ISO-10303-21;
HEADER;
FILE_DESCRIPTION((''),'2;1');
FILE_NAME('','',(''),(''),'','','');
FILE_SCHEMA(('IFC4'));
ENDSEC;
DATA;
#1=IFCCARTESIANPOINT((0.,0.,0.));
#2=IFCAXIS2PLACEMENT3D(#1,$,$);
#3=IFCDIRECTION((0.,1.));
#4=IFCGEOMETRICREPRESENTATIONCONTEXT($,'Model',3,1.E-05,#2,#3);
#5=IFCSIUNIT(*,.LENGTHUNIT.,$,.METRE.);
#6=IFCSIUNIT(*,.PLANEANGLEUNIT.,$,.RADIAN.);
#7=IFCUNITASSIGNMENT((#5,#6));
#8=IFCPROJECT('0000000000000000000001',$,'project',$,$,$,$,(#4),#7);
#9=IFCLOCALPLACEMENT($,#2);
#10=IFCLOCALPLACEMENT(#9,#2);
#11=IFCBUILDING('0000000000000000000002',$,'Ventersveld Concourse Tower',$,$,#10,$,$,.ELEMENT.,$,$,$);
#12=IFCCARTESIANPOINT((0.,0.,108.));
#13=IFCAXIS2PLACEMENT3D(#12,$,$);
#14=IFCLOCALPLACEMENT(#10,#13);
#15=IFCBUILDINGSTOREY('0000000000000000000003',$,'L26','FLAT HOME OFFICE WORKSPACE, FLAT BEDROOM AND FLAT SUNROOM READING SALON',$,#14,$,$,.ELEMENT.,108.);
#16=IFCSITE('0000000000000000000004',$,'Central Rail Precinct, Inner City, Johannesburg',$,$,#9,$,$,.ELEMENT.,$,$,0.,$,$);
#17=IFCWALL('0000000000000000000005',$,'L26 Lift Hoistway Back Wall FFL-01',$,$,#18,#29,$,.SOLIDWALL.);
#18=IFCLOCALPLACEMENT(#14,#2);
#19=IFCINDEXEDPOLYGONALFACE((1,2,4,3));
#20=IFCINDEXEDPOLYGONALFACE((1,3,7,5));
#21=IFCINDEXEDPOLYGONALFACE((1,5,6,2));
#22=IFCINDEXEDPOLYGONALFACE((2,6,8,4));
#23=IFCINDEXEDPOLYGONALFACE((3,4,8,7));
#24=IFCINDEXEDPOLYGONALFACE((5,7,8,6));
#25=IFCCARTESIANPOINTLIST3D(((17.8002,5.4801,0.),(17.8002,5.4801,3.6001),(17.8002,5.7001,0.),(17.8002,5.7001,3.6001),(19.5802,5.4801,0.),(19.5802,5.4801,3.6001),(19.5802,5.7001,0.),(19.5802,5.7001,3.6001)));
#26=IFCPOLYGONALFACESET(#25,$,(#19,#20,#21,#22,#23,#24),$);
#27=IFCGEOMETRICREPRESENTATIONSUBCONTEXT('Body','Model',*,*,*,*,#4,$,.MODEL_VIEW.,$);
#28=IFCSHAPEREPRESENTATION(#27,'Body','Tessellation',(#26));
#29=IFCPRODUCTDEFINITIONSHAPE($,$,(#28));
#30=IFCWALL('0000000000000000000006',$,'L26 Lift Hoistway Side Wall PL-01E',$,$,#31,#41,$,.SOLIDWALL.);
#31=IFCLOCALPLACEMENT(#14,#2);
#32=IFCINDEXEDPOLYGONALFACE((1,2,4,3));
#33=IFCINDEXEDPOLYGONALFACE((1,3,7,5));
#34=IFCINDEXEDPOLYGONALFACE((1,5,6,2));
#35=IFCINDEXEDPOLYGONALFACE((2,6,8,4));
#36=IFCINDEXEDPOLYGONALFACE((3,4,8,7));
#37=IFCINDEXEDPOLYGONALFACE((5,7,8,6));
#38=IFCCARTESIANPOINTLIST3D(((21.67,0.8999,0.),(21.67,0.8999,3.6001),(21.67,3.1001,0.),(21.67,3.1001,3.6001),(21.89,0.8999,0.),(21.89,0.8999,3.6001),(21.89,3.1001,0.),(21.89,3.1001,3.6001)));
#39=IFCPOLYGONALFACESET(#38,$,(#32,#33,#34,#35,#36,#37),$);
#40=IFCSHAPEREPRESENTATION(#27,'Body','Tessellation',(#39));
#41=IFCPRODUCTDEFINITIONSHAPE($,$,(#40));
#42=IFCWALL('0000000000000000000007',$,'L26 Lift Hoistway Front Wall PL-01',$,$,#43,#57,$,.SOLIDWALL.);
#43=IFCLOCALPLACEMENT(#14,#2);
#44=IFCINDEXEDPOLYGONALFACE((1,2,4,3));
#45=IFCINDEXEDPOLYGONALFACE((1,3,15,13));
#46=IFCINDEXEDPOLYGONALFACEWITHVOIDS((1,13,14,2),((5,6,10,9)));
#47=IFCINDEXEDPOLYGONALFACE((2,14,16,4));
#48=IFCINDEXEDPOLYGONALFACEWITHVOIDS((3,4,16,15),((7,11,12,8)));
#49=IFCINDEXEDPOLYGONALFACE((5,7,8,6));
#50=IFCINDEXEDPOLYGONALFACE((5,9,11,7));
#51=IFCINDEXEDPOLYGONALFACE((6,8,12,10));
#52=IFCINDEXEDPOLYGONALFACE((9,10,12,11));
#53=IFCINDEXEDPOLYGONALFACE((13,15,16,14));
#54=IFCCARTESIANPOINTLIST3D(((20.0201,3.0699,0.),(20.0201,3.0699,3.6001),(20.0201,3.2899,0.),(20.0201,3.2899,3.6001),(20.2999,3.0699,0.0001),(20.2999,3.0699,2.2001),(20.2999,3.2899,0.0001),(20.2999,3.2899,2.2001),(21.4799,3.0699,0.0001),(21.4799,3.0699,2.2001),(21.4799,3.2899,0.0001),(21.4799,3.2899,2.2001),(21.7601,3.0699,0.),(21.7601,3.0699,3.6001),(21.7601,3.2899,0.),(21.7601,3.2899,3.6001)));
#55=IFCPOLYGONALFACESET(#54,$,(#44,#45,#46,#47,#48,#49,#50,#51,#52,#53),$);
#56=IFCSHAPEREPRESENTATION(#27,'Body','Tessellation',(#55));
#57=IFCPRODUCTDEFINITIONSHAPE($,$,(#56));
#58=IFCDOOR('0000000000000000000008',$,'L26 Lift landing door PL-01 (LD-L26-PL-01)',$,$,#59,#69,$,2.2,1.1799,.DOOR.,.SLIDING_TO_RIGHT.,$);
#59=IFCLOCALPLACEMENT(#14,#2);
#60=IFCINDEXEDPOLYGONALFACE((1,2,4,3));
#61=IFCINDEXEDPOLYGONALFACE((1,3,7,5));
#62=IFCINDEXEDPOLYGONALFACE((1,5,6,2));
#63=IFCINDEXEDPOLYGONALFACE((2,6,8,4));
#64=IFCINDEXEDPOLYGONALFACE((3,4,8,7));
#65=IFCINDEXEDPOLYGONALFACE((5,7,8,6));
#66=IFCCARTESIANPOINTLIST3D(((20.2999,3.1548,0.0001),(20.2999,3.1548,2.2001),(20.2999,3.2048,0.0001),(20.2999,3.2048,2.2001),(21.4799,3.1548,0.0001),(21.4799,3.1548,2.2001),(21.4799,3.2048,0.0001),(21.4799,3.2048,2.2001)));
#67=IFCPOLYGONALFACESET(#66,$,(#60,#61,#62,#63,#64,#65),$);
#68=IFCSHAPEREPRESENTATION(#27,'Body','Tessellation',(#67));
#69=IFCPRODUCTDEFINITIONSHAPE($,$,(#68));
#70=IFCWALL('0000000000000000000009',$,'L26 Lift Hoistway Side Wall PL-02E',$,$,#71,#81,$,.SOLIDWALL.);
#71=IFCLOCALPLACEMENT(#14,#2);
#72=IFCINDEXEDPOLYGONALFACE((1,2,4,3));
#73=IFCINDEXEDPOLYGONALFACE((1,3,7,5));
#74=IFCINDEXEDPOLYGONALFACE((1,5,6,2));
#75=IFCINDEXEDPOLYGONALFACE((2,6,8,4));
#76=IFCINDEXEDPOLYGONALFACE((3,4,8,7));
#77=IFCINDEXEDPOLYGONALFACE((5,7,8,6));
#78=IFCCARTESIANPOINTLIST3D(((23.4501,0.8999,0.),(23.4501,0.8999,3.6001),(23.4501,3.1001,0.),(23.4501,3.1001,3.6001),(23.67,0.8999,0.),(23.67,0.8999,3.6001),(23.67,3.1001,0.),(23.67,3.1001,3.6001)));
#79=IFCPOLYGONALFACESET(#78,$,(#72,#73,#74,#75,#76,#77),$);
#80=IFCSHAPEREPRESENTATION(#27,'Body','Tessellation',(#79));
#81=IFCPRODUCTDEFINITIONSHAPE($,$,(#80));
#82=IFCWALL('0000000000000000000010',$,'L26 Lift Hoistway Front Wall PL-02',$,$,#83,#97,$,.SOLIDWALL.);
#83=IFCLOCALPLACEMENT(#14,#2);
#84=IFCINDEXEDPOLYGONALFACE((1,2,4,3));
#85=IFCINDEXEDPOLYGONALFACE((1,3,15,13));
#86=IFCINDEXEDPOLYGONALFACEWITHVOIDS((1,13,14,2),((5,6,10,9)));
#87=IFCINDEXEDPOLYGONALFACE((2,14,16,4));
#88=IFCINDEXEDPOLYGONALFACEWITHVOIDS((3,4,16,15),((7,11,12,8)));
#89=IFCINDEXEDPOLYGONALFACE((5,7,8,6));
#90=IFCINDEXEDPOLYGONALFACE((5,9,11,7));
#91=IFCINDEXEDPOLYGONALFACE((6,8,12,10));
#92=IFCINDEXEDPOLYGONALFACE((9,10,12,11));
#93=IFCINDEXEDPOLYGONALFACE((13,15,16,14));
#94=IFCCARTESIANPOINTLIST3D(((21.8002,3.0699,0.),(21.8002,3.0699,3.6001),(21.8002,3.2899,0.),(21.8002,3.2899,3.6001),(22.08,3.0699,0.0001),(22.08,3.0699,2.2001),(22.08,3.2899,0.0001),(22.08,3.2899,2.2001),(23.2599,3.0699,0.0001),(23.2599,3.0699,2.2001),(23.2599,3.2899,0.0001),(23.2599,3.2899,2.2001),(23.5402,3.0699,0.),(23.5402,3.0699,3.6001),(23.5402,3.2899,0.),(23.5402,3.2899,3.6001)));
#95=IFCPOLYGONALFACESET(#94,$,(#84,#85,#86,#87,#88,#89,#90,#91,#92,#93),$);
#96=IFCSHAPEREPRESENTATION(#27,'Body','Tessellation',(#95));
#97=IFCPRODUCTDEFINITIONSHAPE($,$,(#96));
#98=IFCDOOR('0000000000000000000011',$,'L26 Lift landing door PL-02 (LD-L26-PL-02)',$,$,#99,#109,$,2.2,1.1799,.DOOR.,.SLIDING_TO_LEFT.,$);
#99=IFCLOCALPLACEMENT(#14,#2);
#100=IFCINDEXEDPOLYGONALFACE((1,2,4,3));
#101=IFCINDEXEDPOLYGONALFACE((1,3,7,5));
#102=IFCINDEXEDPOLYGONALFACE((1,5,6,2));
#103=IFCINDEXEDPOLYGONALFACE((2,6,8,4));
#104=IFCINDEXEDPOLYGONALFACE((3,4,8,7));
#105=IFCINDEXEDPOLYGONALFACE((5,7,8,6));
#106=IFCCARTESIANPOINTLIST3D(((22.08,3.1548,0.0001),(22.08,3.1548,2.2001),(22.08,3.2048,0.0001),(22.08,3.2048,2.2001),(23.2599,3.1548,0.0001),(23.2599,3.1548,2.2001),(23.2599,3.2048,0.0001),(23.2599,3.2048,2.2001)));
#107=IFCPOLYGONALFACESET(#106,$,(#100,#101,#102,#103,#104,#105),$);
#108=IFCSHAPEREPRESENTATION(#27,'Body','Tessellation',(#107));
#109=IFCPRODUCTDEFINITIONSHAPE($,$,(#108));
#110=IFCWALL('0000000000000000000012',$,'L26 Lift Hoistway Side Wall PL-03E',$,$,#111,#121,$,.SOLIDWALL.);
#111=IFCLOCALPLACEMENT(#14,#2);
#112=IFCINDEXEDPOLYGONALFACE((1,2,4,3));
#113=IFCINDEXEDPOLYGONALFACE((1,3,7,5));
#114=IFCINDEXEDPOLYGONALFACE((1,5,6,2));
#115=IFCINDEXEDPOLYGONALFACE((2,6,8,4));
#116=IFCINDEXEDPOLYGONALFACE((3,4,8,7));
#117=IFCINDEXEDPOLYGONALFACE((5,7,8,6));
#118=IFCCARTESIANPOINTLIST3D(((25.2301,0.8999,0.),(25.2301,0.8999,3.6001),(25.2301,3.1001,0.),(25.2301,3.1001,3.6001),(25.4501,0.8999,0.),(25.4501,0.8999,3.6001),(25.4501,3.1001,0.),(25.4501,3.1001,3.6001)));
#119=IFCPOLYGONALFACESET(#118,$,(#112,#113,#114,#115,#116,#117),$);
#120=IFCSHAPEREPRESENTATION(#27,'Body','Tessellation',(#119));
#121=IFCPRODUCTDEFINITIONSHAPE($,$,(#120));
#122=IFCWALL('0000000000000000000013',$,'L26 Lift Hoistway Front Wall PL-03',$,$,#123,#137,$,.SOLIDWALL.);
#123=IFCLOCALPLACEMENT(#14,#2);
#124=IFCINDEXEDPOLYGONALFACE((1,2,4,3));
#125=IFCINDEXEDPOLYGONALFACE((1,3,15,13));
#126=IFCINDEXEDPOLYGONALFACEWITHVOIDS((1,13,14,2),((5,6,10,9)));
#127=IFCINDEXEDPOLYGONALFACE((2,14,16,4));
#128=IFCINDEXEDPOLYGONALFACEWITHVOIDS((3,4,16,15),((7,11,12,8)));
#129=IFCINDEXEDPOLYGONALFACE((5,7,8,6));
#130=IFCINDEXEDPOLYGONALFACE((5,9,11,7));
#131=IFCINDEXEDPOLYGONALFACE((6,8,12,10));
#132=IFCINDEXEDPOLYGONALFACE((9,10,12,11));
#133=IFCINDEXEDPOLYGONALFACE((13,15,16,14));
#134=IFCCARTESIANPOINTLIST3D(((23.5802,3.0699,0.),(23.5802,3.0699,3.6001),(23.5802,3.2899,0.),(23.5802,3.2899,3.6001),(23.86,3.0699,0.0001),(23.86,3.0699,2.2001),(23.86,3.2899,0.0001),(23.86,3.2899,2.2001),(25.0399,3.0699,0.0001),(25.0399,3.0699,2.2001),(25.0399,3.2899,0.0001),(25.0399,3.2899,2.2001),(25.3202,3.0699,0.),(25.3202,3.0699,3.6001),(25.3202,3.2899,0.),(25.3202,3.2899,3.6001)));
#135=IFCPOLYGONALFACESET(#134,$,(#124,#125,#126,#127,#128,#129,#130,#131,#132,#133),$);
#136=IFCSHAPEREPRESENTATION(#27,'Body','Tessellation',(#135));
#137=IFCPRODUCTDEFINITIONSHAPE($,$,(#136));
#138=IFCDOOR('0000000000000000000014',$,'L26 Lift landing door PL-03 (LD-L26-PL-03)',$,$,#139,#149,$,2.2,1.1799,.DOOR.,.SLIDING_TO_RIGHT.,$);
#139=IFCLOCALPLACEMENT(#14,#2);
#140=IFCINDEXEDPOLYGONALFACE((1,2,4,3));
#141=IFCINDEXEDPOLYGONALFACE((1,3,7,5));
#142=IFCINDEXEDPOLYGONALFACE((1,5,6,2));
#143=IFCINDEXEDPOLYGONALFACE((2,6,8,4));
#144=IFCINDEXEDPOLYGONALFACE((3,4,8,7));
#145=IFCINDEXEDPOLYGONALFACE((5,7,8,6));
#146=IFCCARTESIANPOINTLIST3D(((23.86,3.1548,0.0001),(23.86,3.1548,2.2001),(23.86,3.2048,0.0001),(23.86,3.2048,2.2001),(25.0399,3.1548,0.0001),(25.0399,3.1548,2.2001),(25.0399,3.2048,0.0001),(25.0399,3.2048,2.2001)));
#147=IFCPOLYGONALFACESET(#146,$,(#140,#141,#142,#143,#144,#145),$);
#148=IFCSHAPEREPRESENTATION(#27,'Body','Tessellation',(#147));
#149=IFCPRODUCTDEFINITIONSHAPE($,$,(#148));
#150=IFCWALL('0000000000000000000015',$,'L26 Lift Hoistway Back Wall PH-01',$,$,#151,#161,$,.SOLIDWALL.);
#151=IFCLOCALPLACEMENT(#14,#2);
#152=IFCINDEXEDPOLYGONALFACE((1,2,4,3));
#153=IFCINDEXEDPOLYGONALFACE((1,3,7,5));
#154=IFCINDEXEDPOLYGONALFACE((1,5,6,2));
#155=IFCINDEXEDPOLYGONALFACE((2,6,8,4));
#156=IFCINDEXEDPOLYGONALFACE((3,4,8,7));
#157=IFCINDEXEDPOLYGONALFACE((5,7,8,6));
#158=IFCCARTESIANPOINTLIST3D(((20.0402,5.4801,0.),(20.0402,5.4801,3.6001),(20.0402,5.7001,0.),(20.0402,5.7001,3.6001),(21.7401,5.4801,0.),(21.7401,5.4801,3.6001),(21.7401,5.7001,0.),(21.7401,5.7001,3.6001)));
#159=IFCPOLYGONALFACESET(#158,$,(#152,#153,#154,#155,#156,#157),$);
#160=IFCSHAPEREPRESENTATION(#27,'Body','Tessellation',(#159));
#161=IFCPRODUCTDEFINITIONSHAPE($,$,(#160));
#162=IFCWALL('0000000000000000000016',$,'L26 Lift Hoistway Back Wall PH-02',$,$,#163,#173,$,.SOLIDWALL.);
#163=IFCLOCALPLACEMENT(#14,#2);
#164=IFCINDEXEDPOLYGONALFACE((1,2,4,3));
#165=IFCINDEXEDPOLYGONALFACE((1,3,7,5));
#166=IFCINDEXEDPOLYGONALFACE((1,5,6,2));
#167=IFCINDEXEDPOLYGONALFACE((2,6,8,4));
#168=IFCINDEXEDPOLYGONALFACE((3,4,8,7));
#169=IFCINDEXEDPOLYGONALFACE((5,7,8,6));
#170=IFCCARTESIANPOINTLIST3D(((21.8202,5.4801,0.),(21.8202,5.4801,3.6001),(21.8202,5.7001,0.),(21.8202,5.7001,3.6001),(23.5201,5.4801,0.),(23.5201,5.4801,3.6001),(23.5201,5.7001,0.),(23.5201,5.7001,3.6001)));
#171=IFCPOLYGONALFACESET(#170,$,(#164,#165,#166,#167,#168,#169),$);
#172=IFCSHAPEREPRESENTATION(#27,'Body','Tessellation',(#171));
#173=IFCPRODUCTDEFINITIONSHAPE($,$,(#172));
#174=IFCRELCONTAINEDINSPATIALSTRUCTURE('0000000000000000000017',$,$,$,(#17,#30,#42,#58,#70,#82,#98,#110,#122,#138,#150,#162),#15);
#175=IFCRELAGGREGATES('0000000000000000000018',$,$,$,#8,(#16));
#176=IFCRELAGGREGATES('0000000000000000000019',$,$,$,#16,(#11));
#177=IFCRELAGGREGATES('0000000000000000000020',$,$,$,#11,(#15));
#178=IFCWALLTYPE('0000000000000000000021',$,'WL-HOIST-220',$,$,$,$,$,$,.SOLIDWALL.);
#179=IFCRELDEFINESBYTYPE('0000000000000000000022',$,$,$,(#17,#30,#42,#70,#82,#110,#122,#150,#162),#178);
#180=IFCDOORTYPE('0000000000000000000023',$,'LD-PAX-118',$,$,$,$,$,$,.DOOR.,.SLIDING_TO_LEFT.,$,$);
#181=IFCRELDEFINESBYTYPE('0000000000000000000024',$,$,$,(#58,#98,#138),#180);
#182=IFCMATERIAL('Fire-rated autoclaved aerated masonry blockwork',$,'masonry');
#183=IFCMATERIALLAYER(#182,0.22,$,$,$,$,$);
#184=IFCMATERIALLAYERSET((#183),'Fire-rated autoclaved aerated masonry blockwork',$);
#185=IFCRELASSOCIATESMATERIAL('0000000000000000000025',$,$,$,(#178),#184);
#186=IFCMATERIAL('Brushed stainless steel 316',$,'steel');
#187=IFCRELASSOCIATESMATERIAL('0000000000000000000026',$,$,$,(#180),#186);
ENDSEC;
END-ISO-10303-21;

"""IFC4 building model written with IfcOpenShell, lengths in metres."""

from ifc_helpers import new_model, si_unit, direction, frame, frame_2d, origin, place, context, subcontext, project, spatial, rectangle, extrude, material, layer, layer_set, type_object, element, fill, save


model = new_model("IFC4")

# Units and contexts
model_context = context("Model", 3, precision=1e-05, world=origin(), true_north=direction((0.0, 1.0)))
body_context = subcontext(model_context, "Body", "Model", "MODEL_VIEW")
ifc_project = project(units=[si_unit("LENGTHUNIT", "METRE"), si_unit("PLANEANGLEUNIT", "RADIAN")], contexts=[model_context])

# Site, building, storey
site_placement = place(None, origin())
site = spatial("IfcSite", under=ifc_project, at=site_placement, Name="Central Rail Precinct, Inner City, Johannesburg", CompositionType="ELEMENT", RefElevation=0.0)
building_placement = place(site_placement, origin())
building = spatial("IfcBuilding", under=site, at=building_placement, Name="Ventersveld Concourse Tower", CompositionType="ELEMENT")
storey_placement = place(building_placement, frame((0.0, 0.0, 108.0)))
storey = spatial("IfcBuildingStorey", under=building, at=storey_placement, Name="L26", Description="FLAT HOME OFFICE WORKSPACE, FLAT BEDROOM AND FLAT SUNROOM READING SALON", CompositionType="ELEMENT", Elevation=108.0)

# Walls
ifc_material_1 = material(Name="Fire-rated autoclaved aerated masonry blockwork", Category="masonry")
ifc_layer_1 = layer(ifc_material_1, 0.22)
ifc_layer_set_1 = layer_set([ifc_layer_1], Name="Fire-rated autoclaved aerated masonry blockwork")
wall_type_1 = type_object("IfcWallType", Name="WL-HOIST-220", PredefinedType="SOLIDWALL", material=ifc_layer_set_1)
wall_1_placement = place(storey_placement, frame((17.8, 5.5901, 0.0), z_axis=(0.0, 0.0, 1.0), x_axis=(1.0, 0.0, 0.0)))
element("IfcWall", 1, at=wall_1_placement, inside=storey, type_object=wall_type_1, Name="L26 Lift Hoistway Back Wall FFL-01", PredefinedType="SOLIDWALL", context=body_context, shape_type="SweptSolid", body=[
    extrude(rectangle(XDim=1.78, YDim=0.22, at=frame_2d((0.8901, 0.0))), origin(), (0.0, 0.0, 1.0), 3.6001),
])
wall_2_placement = place(storey_placement, frame((21.78, 0.8999, 0.0), z_axis=(0.0, 0.0, 1.0), x_axis=(0.0, 1.0, 0.0)))
element("IfcWall", 2, at=wall_2_placement, inside=storey, type_object=wall_type_1, Name="L26 Lift Hoistway Side Wall PL-01E", PredefinedType="SOLIDWALL", context=body_context, shape_type="SweptSolid", body=[
    extrude(rectangle(XDim=2.2002, YDim=0.22, at=frame_2d((1.1001, 0.0))), origin(), (0.0, 0.0, 1.0), 3.6001),
])

# Wall, opening, door
wall_3_placement = place(storey_placement, frame((20.02, 3.1799, 0.0), z_axis=(0.0, 0.0, 1.0), x_axis=(1.0, 0.0, 0.0)))
wall_3 = element("IfcWall", 3, at=wall_3_placement, inside=storey, type_object=wall_type_1, Name="L26 Lift Hoistway Front Wall PL-01", PredefinedType="SOLIDWALL", context=body_context, shape_type="SweptSolid", body=[
    extrude(rectangle(XDim=1.74, YDim=0.22, at=frame_2d((0.8701, 0.0))), origin(), (0.0, 0.0, 1.0), 3.6001),
])
opening_1_placement = place(wall_3_placement, frame((0.28, 0.0, 0.0)))
opening_1 = element("IfcOpeningElement", 4, at=opening_1_placement, cuts=wall_3, PredefinedType="OPENING", context=body_context, shape_type="SweptSolid", body=[
    extrude(rectangle(XDim=1.1799, YDim=2.2, at=frame_2d((0.5898, 1.1001))), frame((0.0, 0.1201, 0.0), z_axis=(0.0, -1.0, 0.0), x_axis=(1.0, 0.0, 0.0)), (0.0, 0.0, 1.0), 0.24),
])
ifc_material_2 = material(Name="Brushed stainless steel 316", Category="steel")
door_type = type_object("IfcDoorType", Name="LD-PAX-118", OperationType="SLIDING_TO_LEFT", PredefinedType="DOOR", material=ifc_material_2)
door_1_placement = place(opening_1_placement, origin())
door_1 = element("IfcDoor", 5, at=door_1_placement, inside=storey, type_object=door_type, Name="L26 Lift landing door PL-01 (LD-L26-PL-01)", OperationType="SLIDING_TO_RIGHT", OverallHeight=2.2, OverallWidth=1.1799, PredefinedType="DOOR", context=body_context, shape_type="SweptSolid", body=[
    extrude(rectangle(XDim=1.1799, YDim=2.2, at=frame_2d((0.5898, 1.1001))), frame((0.0, 0.0249, 0.0), z_axis=(0.0, -1.0, 0.0), x_axis=(1.0, 0.0, 0.0)), (0.0, 0.0, 1.0), 0.05),
])
fill(opening_1, door_1)

# Wall
wall_4_placement = place(storey_placement, frame((23.5601, 0.8999, 0.0), z_axis=(0.0, 0.0, 1.0), x_axis=(0.0, 1.0, 0.0)))
element("IfcWall", 6, at=wall_4_placement, inside=storey, type_object=wall_type_1, Name="L26 Lift Hoistway Side Wall PL-02E", PredefinedType="SOLIDWALL", context=body_context, shape_type="SweptSolid", body=[
    extrude(rectangle(XDim=2.2002, YDim=0.22, at=frame_2d((1.1001, 0.0))), origin(), (0.0, 0.0, 1.0), 3.6001),
])

# Wall, opening, door
wall_5_placement = place(storey_placement, frame((21.8, 3.1799, 0.0), z_axis=(0.0, 0.0, 1.0), x_axis=(1.0, 0.0, 0.0)))
wall_5 = element("IfcWall", 7, at=wall_5_placement, inside=storey, type_object=wall_type_1, Name="L26 Lift Hoistway Front Wall PL-02", PredefinedType="SOLIDWALL", context=body_context, shape_type="SweptSolid", body=[
    extrude(rectangle(XDim=1.74, YDim=0.22, at=frame_2d((0.8701, 0.0))), origin(), (0.0, 0.0, 1.0), 3.6001),
])
opening_2_placement = place(wall_5_placement, frame((0.28, 0.0, 0.0)))
opening_2 = element("IfcOpeningElement", 8, at=opening_2_placement, cuts=wall_5, PredefinedType="OPENING", context=body_context, shape_type="SweptSolid", body=[
    extrude(rectangle(XDim=1.1799, YDim=2.2, at=frame_2d((0.5898, 1.1001))), frame((0.0, 0.1201, 0.0), z_axis=(0.0, -1.0, 0.0), x_axis=(1.0, 0.0, 0.0)), (0.0, 0.0, 1.0), 0.24),
])
door_2_placement = place(opening_2_placement, origin())
door_2 = element("IfcDoor", 9, at=door_2_placement, inside=storey, type_object=door_type, Name="L26 Lift landing door PL-02 (LD-L26-PL-02)", OperationType="SLIDING_TO_LEFT", OverallHeight=2.2, OverallWidth=1.1799, PredefinedType="DOOR", context=body_context, shape_type="SweptSolid", body=[
    extrude(rectangle(XDim=1.1799, YDim=2.2, at=frame_2d((0.5898, 1.1001))), frame((0.0, 0.0249, 0.0), z_axis=(0.0, -1.0, 0.0), x_axis=(1.0, 0.0, 0.0)), (0.0, 0.0, 1.0), 0.05),
])
fill(opening_2, door_2)

# Wall
wall_6_placement = place(storey_placement, frame((25.3401, 0.8999, 0.0), z_axis=(0.0, 0.0, 1.0), x_axis=(0.0, 1.0, 0.0)))
element("IfcWall", 10, at=wall_6_placement, inside=storey, type_object=wall_type_1, Name="L26 Lift Hoistway Side Wall PL-03E", PredefinedType="SOLIDWALL", context=body_context, shape_type="SweptSolid", body=[
    extrude(rectangle(XDim=2.2002, YDim=0.22, at=frame_2d((1.1001, 0.0))), origin(), (0.0, 0.0, 1.0), 3.6001),
])

# Wall, opening, door
wall_7_placement = place(storey_placement, frame((23.5801, 3.1799, 0.0), z_axis=(0.0, 0.0, 1.0), x_axis=(1.0, 0.0, 0.0)))
wall_7 = element("IfcWall", 11, at=wall_7_placement, inside=storey, type_object=wall_type_1, Name="L26 Lift Hoistway Front Wall PL-03", PredefinedType="SOLIDWALL", context=body_context, shape_type="SweptSolid", body=[
    extrude(rectangle(XDim=1.74, YDim=0.22, at=frame_2d((0.8701, 0.0))), origin(), (0.0, 0.0, 1.0), 3.6001),
])
opening_3_placement = place(wall_7_placement, frame((0.28, 0.0, 0.0)))
opening_3 = element("IfcOpeningElement", 12, at=opening_3_placement, cuts=wall_7, PredefinedType="OPENING", context=body_context, shape_type="SweptSolid", body=[
    extrude(rectangle(XDim=1.1799, YDim=2.2, at=frame_2d((0.5898, 1.1001))), frame((0.0, 0.1201, 0.0), z_axis=(0.0, -1.0, 0.0), x_axis=(1.0, 0.0, 0.0)), (0.0, 0.0, 1.0), 0.24),
])
door_3_placement = place(opening_3_placement, origin())
door_3 = element("IfcDoor", 13, at=door_3_placement, inside=storey, type_object=door_type, Name="L26 Lift landing door PL-03 (LD-L26-PL-03)", OperationType="SLIDING_TO_RIGHT", OverallHeight=2.2, OverallWidth=1.1799, PredefinedType="DOOR", context=body_context, shape_type="SweptSolid", body=[
    extrude(rectangle(XDim=1.1799, YDim=2.2, at=frame_2d((0.5898, 1.1001))), frame((0.0, 0.0249, 0.0), z_axis=(0.0, -1.0, 0.0), x_axis=(1.0, 0.0, 0.0)), (0.0, 0.0, 1.0), 0.05),
])
fill(opening_3, door_3)

# Walls
for number, where, z_axis, x_axis, name in (
    (14, (20.04, 5.5901, 0.0), (0.0, 0.0, 1.0), (1.0, 0.0, 0.0), "L26 Lift Hoistway Back Wall PH-01"),
    (15, (21.8201, 5.5901, 0.0), (0.0, 0.0, 1.0), (1.0, 0.0, 0.0), "L26 Lift Hoistway Back Wall PH-02"),
):
    element("IfcWall", number, at=place(storey_placement, frame(where, z_axis=z_axis, x_axis=x_axis)), inside=storey, type_object=wall_type_1, Name=name, PredefinedType="SOLIDWALL", context=body_context, shape_type="SweptSolid", body=[
        extrude(rectangle(XDim=1.7, YDim=0.22, at=frame_2d((0.8501, 0.0))), origin(), (0.0, 0.0, 1.0), 3.6001),
    ])

save(model, "model.ifc")
